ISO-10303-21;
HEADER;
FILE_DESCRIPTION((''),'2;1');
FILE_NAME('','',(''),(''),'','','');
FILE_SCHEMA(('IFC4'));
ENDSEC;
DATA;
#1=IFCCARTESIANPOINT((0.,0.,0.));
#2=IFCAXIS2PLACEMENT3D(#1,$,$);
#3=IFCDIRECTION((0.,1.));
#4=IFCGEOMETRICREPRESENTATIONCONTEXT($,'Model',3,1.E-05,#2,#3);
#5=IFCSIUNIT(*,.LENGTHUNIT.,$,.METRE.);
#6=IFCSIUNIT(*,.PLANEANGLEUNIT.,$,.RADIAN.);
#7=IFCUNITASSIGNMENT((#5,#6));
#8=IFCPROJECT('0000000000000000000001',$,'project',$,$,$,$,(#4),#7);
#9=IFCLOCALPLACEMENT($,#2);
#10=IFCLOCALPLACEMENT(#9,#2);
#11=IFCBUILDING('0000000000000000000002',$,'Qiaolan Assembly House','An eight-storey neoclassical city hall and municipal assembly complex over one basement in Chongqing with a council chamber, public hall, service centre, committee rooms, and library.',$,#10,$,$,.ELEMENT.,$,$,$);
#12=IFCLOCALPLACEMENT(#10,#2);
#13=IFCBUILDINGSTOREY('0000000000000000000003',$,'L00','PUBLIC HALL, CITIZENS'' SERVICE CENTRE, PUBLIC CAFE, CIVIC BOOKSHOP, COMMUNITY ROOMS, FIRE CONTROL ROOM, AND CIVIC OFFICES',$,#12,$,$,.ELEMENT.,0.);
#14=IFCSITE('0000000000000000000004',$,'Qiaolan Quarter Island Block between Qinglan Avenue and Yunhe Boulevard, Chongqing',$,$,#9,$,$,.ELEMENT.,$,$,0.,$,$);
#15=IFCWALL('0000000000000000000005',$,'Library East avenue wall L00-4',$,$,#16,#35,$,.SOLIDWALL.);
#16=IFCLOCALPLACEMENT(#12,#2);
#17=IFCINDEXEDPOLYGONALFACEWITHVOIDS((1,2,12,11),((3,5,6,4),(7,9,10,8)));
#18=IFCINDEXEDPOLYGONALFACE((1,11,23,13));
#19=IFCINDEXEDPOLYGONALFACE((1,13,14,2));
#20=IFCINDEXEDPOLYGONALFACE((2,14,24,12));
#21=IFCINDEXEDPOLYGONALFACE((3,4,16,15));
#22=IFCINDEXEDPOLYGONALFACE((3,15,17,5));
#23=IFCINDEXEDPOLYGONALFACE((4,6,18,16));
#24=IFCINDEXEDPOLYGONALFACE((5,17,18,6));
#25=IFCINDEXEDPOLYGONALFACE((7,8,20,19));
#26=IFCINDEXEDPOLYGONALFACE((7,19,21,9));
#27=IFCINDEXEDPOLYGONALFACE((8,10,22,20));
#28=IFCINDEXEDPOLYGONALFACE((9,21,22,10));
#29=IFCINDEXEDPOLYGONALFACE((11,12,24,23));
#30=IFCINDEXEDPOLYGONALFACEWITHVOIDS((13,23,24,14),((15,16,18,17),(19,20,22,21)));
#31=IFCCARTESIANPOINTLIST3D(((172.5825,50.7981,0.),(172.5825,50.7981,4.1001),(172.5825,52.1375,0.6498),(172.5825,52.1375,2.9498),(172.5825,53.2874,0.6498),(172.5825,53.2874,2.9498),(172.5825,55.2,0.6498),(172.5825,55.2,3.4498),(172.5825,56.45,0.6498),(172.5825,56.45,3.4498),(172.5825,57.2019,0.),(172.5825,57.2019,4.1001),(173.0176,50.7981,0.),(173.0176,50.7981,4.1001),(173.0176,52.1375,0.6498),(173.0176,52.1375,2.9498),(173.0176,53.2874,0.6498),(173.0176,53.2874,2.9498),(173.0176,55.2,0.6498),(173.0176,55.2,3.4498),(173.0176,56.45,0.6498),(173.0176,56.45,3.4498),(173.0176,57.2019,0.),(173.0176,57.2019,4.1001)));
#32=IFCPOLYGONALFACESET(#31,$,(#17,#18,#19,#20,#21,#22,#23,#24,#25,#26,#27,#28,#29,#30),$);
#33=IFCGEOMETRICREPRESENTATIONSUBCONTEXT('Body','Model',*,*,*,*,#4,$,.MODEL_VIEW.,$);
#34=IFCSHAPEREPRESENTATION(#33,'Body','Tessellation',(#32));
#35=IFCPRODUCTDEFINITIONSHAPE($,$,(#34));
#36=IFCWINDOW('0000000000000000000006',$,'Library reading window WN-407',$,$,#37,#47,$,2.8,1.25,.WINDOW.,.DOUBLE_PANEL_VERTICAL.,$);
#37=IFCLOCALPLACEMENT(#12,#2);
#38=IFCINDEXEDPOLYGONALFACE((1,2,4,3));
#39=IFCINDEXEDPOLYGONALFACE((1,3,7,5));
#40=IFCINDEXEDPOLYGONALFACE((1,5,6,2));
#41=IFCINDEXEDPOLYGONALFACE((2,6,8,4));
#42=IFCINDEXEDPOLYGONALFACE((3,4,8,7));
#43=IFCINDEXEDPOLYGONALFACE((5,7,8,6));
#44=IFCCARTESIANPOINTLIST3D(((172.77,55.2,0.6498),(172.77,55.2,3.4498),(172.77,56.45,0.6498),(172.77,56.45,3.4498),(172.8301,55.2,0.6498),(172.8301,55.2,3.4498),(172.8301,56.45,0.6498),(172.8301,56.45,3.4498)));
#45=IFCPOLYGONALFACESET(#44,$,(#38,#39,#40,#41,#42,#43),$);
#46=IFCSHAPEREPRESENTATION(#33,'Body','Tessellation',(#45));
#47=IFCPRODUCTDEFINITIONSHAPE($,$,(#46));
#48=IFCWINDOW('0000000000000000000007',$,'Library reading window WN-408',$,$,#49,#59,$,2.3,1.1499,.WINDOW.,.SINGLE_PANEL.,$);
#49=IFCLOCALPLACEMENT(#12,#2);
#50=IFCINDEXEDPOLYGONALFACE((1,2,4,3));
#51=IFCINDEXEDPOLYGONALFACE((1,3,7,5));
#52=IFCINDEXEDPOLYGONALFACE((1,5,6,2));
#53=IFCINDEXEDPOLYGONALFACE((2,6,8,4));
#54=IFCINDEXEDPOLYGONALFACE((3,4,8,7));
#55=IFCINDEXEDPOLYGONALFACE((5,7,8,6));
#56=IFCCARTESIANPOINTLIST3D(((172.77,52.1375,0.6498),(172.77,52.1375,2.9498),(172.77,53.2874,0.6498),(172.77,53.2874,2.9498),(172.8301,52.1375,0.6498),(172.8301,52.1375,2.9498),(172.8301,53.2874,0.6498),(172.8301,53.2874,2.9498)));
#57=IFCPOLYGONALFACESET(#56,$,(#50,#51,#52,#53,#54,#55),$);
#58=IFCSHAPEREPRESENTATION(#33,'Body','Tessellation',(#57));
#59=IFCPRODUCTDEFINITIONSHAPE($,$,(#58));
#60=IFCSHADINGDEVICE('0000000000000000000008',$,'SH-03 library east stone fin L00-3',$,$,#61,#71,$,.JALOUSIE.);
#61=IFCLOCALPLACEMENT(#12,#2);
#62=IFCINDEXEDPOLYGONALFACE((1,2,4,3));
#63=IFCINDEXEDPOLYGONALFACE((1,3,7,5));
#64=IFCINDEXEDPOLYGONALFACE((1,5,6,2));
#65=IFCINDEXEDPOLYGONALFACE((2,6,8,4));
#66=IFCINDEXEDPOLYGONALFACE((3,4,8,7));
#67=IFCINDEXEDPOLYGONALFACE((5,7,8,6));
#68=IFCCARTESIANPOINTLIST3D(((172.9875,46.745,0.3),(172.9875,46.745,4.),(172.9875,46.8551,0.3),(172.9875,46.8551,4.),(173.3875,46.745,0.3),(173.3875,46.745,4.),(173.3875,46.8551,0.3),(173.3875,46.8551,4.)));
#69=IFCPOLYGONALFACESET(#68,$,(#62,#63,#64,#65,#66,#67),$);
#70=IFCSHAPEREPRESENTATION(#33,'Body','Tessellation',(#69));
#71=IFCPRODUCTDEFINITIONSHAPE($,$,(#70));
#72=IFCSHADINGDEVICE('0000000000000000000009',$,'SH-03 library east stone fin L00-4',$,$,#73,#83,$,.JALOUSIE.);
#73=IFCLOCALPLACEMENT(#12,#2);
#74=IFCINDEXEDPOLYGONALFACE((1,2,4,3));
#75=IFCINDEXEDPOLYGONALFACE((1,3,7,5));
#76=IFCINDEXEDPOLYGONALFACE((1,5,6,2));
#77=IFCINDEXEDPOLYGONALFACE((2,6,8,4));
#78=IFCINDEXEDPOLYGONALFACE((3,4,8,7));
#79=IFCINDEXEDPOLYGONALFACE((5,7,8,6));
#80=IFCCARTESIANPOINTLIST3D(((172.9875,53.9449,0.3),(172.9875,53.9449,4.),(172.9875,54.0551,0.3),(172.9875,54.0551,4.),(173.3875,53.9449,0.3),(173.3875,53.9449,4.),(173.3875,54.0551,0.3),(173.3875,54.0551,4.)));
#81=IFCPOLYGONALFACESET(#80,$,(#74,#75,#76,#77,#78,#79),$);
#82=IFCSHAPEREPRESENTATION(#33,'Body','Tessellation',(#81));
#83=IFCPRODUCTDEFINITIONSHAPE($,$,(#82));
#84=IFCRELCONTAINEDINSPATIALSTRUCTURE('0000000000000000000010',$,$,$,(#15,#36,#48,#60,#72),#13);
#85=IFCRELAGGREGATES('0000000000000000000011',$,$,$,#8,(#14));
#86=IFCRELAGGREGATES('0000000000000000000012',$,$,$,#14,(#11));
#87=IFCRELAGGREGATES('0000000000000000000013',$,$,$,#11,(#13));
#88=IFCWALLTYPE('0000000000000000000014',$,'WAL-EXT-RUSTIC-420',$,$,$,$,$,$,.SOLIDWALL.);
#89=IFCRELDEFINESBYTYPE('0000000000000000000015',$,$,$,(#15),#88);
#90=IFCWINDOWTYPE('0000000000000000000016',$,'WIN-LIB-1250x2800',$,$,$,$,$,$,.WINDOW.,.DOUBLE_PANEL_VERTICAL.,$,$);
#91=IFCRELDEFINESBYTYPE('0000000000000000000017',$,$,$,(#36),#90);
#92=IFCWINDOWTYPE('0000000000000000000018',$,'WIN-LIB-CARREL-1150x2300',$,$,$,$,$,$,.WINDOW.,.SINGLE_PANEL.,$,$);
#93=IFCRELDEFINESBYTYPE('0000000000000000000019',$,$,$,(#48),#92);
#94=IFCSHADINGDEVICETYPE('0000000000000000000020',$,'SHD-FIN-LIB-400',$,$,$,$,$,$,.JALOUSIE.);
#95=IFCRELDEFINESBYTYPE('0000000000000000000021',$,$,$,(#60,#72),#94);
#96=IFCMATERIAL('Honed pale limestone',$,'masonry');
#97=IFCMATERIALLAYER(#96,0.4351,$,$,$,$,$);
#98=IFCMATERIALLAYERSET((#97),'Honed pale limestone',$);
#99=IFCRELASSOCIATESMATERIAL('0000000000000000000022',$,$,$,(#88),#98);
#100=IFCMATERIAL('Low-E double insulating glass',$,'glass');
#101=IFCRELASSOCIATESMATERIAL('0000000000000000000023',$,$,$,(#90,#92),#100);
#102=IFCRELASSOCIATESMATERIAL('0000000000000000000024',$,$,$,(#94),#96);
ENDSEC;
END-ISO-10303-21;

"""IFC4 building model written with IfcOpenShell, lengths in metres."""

from ifc_helpers import new_model, si_unit, direction, frame, frame_2d, origin, origin_2d, place, context, subcontext, project, spatial, rectangle, extrude, material, layer, layer_set, material_profile, profile_set, type_object, element, fill, save


model = new_model("IFC4")

# Units and contexts
model_context = context("Model", 3, precision=1e-05, world=origin(), true_north=direction((0.0, 1.0)))
body_context = subcontext(model_context, "Body", "Model", "MODEL_VIEW")
ifc_project = project(units=[si_unit("LENGTHUNIT", "METRE"), si_unit("PLANEANGLEUNIT", "RADIAN")], contexts=[model_context])

# Site, building, storey
site_placement = place(None, origin())
site = spatial("IfcSite", under=ifc_project, at=site_placement, Name="Qiaolan Quarter Island Block between Qinglan Avenue and Yunhe Boulevard, Chongqing", CompositionType="ELEMENT", RefElevation=0.0)
building_placement = place(site_placement, origin())
building = spatial("IfcBuilding", under=site, at=building_placement, Name="Qiaolan Assembly House", Description="An eight-storey neoclassical city hall and municipal assembly complex over one basement in Chongqing with a council chamber, public hall, service centre, committee rooms, and library.", CompositionType="ELEMENT")
storey_placement = place(building_placement, origin())
storey = spatial("IfcBuildingStorey", under=building, at=storey_placement, Name="L00", Description="PUBLIC HALL, CITIZENS' SERVICE CENTRE, PUBLIC CAFE, CIVIC BOOKSHOP, COMMUNITY ROOMS, FIRE CONTROL ROOM, AND CIVIC OFFICES", CompositionType="ELEMENT", Elevation=0.0)

# Wall, openings, windows
ifc_material_1 = material(Name="Honed pale limestone", Category="masonry")
ifc_layer = layer(ifc_material_1, 0.4351)
ifc_layer_set = layer_set([ifc_layer], Name="Honed pale limestone")
wall_type = type_object("IfcWallType", Name="WAL-EXT-RUSTIC-420", PredefinedType="SOLIDWALL", material=ifc_layer_set)
ifc_material_2 = material(Name="Low-E double insulating glass", Category="glass")
window_type_1 = type_object("IfcWindowType", Name="WIN-LIB-1250x2800", PartitioningType="DOUBLE_PANEL_VERTICAL", PredefinedType="WINDOW", material=ifc_material_2)
window_type_2 = type_object("IfcWindowType", Name="WIN-LIB-CARREL-1150x2300", PartitioningType="SINGLE_PANEL", PredefinedType="WINDOW", material=ifc_material_2)
wall_1_placement = place(storey_placement, frame((172.8, 57.2019, 0.0), z_axis=(0.0, 0.0, 1.0), x_axis=(0.0, -1.0, 0.0)))
wall_1 = element("IfcWall", 1, at=wall_1_placement, inside=storey, type_object=wall_type, Name="Library East avenue wall L00-4", PredefinedType="SOLIDWALL", context=body_context, shape_type="SweptSolid", body=[
    extrude(rectangle(XDim=6.4038, YDim=0.4351, at=frame_2d((3.2019, 0.0))), origin(), (0.0, 0.0, 1.0), 4.1001),
])
opening_1_placement = place(wall_1_placement, frame((0.752, 0.0, 0.6499)))
opening_1 = element("IfcOpeningElement", 2, at=opening_1_placement, cuts=wall_1, PredefinedType="OPENING", context=body_context, shape_type="SweptSolid", body=[
    extrude(rectangle(XDim=1.25, YDim=2.8, at=frame_2d((0.625, 1.3999))), frame((0.0, 0.2275, 0.0), z_axis=(0.0, -1.0, 0.0), x_axis=(1.0, 0.0, 0.0)), (0.0, 0.0, 1.0), 0.4551),
])
opening_2_placement = place(wall_1_placement, frame((3.9146, 0.0, 0.6499)))
opening_2 = element("IfcOpeningElement", 3, at=opening_2_placement, cuts=wall_1, PredefinedType="OPENING", context=body_context, shape_type="SweptSolid", body=[
    extrude(rectangle(XDim=1.1499, YDim=2.3, at=frame_2d((0.575, 1.1499))), frame((0.0, 0.2275, 0.0), z_axis=(0.0, -1.0, 0.0), x_axis=(1.0, 0.0, 0.0)), (0.0, 0.0, 1.0), 0.4551),
])
window_1_placement = place(opening_1_placement, origin())
window_1 = element("IfcWindow", 4, at=window_1_placement, inside=storey, type_object=window_type_1, Name="Library reading window WN-407", OverallHeight=2.8, OverallWidth=1.25, PartitioningType="DOUBLE_PANEL_VERTICAL", PredefinedType="WINDOW", context=body_context, shape_type="SweptSolid", body=[
    extrude(rectangle(XDim=1.25, YDim=2.8, at=frame_2d((0.625, 1.3999))), frame((0.0, 0.03, 0.0), z_axis=(0.0, -1.0, 0.0), x_axis=(1.0, 0.0, 0.0)), (0.0, 0.0, 1.0), 0.0601),
])
fill(opening_1, window_1)
window_2_placement = place(opening_2_placement, origin())
window_2 = element("IfcWindow", 5, at=window_2_placement, inside=storey, type_object=window_type_2, Name="Library reading window WN-408", OverallHeight=2.3, OverallWidth=1.1499, PartitioningType="SINGLE_PANEL", PredefinedType="WINDOW", context=body_context, shape_type="SweptSolid", body=[
    extrude(rectangle(XDim=1.1499, YDim=2.3, at=frame_2d((0.575, 1.1499))), frame((0.0, 0.03, 0.0), z_axis=(0.0, -1.0, 0.0), x_axis=(1.0, 0.0, 0.0)), (0.0, 0.0, 1.0), 0.0601),
])
fill(opening_2, window_2)

# Shading devices
ifc_material_profile_1 = material_profile(ifc_material_1, rectangle(XDim=0.1101, YDim=0.3999, at=origin_2d()), Name="FIN 110x400")
ifc_profile_set_1 = profile_set([ifc_material_profile_1], Name="Honed pale limestone")
shading_device_type = type_object("IfcShadingDeviceType", Name="SHD-FIN-LIB-400", PredefinedType="JALOUSIE", material=ifc_profile_set_1)
for number, where, z_axis, x_axis, name in (
    (6, (173.1875, 46.8, 0.3), (0.0, 0.0, 1.0), (0.0, 1.0, 0.0), "SH-03 library east stone fin L00-3"),
    (7, (173.1875, 54.0, 0.3), (0.0, 0.0, 1.0), (0.0, 1.0, 0.0), "SH-03 library east stone fin L00-4"),
):
    element("IfcShadingDevice", number, at=place(storey_placement, frame(where, z_axis=z_axis, x_axis=x_axis)), inside=storey, type_object=shading_device_type, Name=name, PredefinedType="JALOUSIE", context=body_context, shape_type="SweptSolid", body=[
        extrude(rectangle(XDim=0.1101, YDim=0.3999, at=origin_2d()), origin(), (0.0, 0.0, 1.0), 3.7),
    ])

save(model, "model.ifc")
